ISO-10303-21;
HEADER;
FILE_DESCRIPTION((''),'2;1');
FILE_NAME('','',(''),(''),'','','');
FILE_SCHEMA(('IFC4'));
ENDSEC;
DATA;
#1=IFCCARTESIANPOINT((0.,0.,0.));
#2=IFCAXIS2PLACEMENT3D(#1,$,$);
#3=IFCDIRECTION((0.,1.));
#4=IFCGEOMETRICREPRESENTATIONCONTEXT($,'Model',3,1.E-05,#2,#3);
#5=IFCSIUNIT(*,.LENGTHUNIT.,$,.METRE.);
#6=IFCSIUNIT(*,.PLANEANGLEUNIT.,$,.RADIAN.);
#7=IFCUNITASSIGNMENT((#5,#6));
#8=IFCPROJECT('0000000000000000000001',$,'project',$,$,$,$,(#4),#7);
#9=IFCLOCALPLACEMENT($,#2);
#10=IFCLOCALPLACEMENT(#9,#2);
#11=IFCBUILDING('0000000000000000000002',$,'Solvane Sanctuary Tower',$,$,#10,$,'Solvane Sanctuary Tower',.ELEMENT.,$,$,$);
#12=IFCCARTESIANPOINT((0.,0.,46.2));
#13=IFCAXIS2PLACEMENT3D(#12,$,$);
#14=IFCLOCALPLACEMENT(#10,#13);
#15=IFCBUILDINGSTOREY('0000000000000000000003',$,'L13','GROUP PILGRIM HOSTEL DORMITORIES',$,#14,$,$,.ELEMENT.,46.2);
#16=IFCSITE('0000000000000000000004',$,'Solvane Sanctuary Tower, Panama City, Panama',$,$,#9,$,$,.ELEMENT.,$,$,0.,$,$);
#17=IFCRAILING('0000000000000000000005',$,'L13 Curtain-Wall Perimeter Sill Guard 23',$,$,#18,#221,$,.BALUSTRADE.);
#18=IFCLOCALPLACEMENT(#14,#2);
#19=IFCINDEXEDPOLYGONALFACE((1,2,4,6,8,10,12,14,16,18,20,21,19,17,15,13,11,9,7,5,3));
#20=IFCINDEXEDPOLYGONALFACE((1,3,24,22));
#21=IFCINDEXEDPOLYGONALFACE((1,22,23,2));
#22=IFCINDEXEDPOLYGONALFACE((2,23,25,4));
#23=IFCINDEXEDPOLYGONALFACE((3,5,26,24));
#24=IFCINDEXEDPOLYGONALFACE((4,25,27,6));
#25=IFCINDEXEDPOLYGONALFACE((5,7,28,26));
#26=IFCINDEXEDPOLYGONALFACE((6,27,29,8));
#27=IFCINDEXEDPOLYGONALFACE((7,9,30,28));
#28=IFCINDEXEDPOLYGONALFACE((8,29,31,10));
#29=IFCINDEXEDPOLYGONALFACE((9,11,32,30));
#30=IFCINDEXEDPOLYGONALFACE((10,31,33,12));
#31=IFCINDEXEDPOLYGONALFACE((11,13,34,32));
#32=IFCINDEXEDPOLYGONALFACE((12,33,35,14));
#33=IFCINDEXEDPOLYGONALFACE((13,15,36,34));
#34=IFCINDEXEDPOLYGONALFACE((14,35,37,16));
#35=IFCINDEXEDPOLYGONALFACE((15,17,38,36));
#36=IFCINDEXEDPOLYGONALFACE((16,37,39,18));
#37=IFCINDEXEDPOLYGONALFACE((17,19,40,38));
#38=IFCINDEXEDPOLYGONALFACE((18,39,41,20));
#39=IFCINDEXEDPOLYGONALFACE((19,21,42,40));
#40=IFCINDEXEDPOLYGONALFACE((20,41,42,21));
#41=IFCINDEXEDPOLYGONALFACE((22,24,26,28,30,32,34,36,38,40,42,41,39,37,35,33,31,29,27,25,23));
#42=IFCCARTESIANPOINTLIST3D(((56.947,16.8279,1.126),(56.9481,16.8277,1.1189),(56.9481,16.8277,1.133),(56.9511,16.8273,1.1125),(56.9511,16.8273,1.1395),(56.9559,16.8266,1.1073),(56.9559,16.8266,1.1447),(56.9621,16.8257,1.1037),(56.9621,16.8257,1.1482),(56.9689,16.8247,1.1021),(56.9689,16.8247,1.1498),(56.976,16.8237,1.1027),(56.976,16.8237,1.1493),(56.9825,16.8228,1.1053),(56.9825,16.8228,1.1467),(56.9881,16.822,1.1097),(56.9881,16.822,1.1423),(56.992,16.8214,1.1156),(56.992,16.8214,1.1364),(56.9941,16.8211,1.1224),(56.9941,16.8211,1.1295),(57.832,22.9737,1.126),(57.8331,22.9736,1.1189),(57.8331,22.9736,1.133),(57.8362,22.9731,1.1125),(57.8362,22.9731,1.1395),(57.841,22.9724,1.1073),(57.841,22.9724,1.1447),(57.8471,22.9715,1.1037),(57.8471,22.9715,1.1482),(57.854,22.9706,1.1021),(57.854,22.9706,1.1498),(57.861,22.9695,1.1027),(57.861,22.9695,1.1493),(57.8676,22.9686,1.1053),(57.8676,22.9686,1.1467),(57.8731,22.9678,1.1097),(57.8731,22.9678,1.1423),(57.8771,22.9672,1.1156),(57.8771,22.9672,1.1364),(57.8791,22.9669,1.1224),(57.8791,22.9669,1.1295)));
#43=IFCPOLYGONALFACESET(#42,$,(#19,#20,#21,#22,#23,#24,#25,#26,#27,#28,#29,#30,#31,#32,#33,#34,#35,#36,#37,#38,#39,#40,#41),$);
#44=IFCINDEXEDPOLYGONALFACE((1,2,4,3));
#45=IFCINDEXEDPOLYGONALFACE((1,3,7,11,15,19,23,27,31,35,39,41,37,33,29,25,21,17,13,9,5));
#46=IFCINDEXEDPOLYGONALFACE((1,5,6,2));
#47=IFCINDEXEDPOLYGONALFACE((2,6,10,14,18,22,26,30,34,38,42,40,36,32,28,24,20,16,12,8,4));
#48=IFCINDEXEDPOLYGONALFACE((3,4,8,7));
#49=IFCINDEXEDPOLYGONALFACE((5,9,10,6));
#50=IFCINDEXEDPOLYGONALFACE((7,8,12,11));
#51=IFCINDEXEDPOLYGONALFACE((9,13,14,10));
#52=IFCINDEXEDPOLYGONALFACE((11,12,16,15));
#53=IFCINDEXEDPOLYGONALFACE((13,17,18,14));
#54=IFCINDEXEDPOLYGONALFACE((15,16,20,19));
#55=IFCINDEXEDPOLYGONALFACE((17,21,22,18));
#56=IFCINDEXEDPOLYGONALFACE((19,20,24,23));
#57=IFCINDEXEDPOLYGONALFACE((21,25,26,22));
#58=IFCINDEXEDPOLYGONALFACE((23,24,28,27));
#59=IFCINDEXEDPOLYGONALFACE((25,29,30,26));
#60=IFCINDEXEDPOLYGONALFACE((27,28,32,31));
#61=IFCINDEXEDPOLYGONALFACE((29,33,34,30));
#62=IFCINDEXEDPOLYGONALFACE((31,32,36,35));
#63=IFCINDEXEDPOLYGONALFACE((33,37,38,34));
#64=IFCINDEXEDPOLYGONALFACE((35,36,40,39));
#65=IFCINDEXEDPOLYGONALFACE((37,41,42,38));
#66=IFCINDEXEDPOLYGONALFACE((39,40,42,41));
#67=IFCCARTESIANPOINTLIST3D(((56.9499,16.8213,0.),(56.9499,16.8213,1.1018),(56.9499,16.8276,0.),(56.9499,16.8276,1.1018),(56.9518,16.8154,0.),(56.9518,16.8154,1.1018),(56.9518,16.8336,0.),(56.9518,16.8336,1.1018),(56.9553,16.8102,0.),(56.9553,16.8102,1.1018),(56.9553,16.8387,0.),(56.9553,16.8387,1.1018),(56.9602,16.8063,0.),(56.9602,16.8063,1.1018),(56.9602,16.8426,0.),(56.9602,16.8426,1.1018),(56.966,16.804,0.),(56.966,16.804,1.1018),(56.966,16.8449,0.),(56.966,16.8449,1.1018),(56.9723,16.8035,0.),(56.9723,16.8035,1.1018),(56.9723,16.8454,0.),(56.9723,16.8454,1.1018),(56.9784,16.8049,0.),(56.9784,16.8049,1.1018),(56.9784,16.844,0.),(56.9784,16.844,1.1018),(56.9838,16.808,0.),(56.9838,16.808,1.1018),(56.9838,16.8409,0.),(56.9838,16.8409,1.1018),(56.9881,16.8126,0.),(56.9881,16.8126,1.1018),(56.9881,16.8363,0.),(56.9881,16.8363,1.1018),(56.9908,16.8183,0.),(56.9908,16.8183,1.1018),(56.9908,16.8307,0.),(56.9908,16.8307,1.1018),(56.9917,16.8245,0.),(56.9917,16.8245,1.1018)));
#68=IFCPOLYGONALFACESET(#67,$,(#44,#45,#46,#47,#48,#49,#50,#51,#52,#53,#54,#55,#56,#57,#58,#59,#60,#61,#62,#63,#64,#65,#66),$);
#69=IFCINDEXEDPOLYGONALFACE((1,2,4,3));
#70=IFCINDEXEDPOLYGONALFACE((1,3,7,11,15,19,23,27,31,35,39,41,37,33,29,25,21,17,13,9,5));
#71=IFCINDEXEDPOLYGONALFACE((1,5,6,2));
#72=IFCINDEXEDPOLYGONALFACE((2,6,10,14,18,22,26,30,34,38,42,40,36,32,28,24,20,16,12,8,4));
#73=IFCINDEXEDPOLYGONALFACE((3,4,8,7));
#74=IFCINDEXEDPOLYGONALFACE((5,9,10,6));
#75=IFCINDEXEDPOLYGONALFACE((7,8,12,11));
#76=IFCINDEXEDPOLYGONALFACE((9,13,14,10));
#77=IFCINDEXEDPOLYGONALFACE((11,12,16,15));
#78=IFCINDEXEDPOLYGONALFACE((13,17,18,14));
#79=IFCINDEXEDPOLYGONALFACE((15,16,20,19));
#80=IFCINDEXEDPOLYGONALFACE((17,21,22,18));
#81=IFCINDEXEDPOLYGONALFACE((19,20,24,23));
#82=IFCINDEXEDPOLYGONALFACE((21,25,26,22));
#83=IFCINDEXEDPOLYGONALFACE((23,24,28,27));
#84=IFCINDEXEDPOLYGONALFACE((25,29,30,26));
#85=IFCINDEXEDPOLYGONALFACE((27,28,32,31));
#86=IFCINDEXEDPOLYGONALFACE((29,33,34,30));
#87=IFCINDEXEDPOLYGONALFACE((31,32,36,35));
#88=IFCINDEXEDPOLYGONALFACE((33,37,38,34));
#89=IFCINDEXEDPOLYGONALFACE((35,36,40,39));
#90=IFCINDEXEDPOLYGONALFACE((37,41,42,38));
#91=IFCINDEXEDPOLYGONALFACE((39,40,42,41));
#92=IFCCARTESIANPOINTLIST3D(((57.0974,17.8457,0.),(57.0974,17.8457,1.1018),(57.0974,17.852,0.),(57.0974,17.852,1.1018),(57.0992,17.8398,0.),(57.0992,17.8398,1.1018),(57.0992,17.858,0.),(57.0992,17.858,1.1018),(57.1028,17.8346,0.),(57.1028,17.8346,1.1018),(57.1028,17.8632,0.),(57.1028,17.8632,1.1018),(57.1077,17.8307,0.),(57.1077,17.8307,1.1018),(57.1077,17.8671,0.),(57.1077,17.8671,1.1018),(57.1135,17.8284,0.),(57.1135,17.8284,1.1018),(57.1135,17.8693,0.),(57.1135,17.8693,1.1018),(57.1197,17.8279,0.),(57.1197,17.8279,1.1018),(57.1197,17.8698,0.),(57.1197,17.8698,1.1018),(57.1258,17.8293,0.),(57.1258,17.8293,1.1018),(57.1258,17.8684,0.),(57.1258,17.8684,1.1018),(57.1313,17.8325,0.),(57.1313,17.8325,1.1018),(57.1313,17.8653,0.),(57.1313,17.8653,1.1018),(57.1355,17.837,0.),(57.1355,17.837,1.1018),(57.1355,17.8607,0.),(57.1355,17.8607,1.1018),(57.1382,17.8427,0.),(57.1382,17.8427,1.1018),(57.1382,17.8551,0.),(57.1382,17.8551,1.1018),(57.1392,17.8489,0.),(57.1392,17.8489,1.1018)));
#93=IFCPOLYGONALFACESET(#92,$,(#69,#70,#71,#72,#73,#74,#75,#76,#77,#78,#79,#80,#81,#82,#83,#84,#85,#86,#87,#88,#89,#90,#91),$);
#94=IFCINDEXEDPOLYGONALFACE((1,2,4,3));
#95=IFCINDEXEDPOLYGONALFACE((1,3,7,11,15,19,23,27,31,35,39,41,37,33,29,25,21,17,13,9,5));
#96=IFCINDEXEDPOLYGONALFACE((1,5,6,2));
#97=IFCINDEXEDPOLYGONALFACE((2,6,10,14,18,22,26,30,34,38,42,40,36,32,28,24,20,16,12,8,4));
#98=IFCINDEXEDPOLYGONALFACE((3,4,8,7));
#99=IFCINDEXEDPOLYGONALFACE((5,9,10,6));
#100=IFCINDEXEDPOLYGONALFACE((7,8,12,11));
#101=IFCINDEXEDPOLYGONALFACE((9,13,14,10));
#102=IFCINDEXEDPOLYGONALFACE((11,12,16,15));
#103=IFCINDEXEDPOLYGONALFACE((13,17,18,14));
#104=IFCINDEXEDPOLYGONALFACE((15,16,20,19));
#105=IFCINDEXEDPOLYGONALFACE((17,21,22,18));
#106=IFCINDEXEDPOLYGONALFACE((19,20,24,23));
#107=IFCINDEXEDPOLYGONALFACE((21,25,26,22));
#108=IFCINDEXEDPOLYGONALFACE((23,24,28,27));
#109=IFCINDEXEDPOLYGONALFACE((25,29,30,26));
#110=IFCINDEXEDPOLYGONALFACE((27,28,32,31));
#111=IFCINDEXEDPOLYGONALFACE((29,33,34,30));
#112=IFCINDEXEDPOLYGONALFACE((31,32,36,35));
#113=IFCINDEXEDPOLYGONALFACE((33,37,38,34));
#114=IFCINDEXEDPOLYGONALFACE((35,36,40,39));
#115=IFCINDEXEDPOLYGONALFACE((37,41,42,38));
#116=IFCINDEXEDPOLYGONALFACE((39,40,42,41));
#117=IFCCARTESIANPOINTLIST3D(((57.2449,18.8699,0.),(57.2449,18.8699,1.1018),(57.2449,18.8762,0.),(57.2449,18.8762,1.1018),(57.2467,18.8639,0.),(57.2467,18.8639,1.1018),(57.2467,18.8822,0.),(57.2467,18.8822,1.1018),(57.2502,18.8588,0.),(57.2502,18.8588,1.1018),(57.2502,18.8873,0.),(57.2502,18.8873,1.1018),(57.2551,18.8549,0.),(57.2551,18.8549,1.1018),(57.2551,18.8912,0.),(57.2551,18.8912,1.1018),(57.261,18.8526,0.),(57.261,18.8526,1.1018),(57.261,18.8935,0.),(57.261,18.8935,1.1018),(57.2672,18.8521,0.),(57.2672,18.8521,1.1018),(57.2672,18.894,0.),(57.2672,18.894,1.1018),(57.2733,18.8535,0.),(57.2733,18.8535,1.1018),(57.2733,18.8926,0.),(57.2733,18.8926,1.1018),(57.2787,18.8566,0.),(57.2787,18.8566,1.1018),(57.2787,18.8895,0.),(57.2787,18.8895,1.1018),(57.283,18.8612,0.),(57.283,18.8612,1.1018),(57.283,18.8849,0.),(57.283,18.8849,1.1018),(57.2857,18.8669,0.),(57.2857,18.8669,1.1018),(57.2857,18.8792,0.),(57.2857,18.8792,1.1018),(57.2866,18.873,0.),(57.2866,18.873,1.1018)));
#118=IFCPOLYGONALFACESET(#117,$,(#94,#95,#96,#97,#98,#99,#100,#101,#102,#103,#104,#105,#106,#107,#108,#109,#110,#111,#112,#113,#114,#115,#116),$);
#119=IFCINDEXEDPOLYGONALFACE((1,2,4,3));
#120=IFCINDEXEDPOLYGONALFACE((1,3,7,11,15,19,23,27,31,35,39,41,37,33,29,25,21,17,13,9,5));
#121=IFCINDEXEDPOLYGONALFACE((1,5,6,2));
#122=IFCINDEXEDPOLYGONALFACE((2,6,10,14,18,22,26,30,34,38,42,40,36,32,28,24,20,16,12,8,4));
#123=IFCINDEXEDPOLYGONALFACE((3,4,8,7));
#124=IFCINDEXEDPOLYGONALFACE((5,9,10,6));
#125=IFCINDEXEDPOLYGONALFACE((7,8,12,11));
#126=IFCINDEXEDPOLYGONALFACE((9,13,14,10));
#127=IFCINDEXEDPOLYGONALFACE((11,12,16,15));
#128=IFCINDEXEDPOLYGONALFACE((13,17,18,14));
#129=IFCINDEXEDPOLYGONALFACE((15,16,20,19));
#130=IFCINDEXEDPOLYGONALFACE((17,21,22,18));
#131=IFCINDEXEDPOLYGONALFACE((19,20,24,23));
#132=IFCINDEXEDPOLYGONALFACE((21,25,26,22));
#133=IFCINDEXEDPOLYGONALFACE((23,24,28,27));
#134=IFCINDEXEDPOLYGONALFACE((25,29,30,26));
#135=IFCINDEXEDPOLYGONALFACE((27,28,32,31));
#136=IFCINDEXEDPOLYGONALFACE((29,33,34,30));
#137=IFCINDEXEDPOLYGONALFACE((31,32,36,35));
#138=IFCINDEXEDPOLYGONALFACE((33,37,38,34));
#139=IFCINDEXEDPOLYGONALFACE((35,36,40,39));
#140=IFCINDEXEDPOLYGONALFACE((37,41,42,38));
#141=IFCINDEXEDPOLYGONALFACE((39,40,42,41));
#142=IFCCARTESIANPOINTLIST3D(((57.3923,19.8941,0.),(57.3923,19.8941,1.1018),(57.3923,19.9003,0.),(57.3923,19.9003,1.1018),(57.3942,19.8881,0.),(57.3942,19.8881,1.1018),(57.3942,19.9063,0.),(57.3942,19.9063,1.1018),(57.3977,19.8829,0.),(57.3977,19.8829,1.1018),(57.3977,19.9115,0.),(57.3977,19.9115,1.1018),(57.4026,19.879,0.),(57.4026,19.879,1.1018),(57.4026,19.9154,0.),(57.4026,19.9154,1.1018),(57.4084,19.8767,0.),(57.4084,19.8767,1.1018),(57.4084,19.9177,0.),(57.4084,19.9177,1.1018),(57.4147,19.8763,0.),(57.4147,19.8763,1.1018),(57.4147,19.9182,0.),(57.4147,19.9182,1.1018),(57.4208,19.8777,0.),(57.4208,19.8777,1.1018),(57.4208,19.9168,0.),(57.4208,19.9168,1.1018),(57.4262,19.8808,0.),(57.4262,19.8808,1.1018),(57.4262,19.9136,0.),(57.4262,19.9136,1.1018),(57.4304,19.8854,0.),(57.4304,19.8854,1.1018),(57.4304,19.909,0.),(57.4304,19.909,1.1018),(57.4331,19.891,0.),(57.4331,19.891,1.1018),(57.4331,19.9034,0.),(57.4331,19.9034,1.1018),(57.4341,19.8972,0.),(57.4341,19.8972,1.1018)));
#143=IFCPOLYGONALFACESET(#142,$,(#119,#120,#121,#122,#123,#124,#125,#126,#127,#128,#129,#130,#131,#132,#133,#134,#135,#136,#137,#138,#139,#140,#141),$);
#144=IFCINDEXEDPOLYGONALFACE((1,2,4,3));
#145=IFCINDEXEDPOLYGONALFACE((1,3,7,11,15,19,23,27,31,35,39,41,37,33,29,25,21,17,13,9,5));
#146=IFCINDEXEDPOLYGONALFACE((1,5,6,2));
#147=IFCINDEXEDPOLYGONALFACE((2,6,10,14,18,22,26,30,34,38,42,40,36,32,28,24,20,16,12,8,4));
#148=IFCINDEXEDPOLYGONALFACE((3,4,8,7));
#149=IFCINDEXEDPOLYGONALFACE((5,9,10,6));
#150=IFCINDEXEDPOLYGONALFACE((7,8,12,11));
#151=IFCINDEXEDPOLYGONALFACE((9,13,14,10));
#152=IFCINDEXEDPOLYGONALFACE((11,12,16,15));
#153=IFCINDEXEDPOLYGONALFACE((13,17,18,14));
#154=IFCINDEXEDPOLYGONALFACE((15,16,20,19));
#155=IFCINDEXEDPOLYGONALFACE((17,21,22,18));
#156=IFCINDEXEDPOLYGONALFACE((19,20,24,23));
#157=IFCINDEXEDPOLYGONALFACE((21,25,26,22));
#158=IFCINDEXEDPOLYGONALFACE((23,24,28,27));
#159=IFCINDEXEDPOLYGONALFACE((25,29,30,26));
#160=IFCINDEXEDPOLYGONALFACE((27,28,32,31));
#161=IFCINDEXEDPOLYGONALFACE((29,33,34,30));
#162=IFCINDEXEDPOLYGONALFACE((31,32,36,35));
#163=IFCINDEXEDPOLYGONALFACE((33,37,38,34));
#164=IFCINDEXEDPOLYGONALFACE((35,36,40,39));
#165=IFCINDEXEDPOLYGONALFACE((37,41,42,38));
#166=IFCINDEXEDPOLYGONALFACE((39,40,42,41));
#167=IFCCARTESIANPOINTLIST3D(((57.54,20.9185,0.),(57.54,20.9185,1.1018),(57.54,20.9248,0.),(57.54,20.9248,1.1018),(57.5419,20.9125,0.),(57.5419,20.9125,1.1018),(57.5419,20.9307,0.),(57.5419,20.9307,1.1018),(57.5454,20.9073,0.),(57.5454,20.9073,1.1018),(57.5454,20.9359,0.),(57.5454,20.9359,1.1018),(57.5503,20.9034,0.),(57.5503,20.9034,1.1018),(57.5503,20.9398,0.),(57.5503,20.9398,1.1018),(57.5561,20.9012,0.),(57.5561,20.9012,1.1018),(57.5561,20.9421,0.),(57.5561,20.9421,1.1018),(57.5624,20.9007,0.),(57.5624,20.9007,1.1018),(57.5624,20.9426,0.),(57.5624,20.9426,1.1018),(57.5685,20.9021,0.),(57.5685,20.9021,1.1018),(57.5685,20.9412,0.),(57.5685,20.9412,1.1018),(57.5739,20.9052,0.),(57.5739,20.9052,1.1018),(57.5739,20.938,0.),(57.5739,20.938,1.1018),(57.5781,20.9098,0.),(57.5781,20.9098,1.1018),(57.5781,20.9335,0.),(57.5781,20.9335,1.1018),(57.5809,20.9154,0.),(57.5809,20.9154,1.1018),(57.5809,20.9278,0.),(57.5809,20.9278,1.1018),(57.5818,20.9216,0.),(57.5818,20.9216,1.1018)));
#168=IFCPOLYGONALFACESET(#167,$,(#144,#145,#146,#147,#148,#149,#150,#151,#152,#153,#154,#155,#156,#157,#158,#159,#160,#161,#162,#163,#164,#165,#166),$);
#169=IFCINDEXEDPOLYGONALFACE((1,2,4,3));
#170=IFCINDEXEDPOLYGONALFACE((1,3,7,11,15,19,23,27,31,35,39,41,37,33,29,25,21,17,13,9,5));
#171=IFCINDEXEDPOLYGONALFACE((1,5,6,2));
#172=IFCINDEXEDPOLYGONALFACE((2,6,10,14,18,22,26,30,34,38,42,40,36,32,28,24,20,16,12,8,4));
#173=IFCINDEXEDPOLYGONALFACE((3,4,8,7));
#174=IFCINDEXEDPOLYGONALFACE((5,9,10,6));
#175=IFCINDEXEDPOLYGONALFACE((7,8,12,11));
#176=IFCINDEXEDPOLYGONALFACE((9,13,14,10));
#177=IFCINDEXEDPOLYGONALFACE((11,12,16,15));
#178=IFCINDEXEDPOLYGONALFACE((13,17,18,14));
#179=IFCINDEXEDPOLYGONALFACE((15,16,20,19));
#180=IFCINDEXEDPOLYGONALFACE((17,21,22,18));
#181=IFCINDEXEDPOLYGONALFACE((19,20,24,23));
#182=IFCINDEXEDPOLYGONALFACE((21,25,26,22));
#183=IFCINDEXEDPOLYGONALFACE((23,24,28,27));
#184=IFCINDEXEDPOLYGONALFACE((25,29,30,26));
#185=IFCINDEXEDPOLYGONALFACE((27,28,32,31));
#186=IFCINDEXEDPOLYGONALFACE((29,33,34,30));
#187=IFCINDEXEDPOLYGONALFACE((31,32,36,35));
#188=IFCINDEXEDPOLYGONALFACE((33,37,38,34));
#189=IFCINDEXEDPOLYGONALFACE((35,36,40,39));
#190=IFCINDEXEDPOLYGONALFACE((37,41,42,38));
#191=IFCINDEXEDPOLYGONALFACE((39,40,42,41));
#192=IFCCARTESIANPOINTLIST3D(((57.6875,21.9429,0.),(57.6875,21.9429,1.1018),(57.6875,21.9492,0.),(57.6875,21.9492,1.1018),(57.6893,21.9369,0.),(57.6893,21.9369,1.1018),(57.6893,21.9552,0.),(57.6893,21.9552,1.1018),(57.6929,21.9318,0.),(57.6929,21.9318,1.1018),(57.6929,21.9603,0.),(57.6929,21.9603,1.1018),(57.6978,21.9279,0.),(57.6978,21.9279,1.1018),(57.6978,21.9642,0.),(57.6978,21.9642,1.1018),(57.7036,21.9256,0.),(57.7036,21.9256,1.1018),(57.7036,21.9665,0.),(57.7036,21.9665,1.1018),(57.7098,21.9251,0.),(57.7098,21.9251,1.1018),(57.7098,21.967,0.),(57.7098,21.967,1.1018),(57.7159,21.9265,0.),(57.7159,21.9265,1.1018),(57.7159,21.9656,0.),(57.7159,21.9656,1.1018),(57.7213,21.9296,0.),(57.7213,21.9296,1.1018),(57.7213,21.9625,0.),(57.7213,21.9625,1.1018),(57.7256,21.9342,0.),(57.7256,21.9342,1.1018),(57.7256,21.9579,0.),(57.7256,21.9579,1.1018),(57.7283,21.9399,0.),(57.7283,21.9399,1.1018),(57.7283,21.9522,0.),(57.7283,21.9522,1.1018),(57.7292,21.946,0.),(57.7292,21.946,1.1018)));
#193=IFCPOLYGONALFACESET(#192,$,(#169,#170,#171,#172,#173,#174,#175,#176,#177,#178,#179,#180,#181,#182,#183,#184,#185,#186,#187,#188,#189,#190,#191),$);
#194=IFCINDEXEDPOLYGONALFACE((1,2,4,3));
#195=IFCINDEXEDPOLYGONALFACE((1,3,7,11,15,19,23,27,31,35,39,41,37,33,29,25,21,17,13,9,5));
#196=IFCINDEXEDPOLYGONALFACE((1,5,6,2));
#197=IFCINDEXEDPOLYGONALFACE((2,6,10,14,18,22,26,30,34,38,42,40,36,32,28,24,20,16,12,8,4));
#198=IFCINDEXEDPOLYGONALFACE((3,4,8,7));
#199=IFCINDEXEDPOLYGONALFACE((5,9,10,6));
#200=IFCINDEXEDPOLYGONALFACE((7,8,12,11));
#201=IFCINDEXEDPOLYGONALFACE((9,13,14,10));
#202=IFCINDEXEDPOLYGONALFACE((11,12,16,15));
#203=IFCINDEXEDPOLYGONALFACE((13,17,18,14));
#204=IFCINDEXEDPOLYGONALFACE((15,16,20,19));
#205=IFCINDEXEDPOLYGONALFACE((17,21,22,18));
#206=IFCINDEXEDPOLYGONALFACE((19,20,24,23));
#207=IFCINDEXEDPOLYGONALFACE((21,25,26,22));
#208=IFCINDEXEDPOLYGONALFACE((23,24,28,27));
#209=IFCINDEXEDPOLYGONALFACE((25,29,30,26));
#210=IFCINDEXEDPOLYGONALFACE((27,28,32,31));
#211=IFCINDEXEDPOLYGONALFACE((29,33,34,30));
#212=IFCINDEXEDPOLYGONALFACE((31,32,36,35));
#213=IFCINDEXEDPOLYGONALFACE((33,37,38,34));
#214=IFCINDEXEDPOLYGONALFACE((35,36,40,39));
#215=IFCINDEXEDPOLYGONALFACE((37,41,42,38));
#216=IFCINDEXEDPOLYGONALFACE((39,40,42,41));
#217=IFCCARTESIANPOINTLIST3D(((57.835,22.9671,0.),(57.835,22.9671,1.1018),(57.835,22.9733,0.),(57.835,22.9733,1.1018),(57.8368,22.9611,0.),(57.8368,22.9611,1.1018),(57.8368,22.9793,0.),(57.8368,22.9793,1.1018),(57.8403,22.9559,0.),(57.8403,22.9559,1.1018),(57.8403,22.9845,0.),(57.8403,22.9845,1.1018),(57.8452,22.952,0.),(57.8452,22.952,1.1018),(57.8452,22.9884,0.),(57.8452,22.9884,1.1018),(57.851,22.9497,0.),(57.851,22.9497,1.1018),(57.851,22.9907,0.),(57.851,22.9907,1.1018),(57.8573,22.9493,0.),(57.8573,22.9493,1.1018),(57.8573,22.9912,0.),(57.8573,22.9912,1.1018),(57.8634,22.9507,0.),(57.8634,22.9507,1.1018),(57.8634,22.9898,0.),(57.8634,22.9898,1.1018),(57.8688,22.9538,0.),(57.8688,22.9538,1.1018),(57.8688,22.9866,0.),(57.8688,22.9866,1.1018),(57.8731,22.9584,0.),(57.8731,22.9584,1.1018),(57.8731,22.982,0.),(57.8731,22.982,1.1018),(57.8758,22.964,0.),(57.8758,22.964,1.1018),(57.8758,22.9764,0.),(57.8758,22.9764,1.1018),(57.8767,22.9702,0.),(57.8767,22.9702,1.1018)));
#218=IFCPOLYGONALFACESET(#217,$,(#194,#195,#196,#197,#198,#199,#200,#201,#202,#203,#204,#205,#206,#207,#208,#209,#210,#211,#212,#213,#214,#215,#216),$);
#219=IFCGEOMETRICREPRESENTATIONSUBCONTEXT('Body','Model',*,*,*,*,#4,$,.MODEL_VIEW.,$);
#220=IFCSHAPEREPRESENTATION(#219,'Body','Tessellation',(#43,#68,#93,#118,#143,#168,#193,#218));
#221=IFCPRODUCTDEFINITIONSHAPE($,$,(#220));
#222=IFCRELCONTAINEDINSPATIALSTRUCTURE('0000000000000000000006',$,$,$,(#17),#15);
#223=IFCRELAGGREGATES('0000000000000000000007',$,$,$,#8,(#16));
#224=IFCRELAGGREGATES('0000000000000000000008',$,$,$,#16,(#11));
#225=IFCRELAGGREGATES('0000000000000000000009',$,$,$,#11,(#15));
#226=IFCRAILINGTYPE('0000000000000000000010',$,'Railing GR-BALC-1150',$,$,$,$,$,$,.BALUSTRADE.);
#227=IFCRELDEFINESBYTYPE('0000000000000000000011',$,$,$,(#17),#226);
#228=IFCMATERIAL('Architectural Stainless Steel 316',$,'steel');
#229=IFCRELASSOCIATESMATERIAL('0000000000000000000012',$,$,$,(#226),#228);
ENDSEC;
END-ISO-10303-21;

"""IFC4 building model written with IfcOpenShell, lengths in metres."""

from ifc_helpers import new_model, si_unit, direction, frame, origin, origin_2d, place, context, subcontext, project, spatial, circle, extrude, material, type_object, element, save


model = new_model("IFC4")

# Units and contexts
model_context = context("Model", 3, precision=1e-05, world=origin(), true_north=direction((0.0, 1.0)))
body_context = subcontext(model_context, "Body", "Model", "MODEL_VIEW")
ifc_project = project(units=[si_unit("LENGTHUNIT", "METRE"), si_unit("PLANEANGLEUNIT", "RADIAN")], contexts=[model_context])

# Site, building, storey
site_placement = place(None, origin())
site = spatial("IfcSite", under=ifc_project, at=site_placement, Name="Solvane Sanctuary Tower, Panama City, Panama", CompositionType="ELEMENT", RefElevation=0.0)
building_placement = place(site_placement, origin())
building = spatial("IfcBuilding", under=site, at=building_placement, Name="Solvane Sanctuary Tower", LongName="Solvane Sanctuary Tower", CompositionType="ELEMENT")
storey_placement = place(building_placement, frame((0.0, 0.0, 46.2)))
storey = spatial("IfcBuildingStorey", under=building, at=storey_placement, Name="L13", Description="GROUP PILGRIM HOSTEL DORMITORIES", CompositionType="ELEMENT", Elevation=46.2)

# Shared definitions
ifc_material_1 = material(Name="Architectural Stainless Steel 316", Category="steel")

# Railing
railing_type = type_object("IfcRailingType", Name="Railing GR-BALC-1150", PredefinedType="BALUSTRADE", material=ifc_material_1)
railing_1_placement = place(storey_placement, frame((56.9707, 16.8245, 0.0)))
element("IfcRailing", 1, at=railing_1_placement, inside=storey, type_object=railing_type, Name="L13 Curtain-Wall Perimeter Sill Guard 23", PredefinedType="BALUSTRADE", context=body_context, shape_type="SweptSolid", body=[
    extrude(circle(Radius=0.0239, at=origin_2d()), frame((0.0, 0.0, 1.126), z_axis=(0.142533, 0.98979, 0.0), x_axis=(-0.98979, 0.142533, 0.0)), (0.0, 0.0, 1.0), 6.2092),
    extrude(circle(Radius=0.021, at=origin_2d()), origin(), (0.0, 0.0, 1.0), 1.1018),
    extrude(circle(Radius=0.021, at=origin_2d()), frame((0.1475, 1.0244, 0.0)), (0.0, 0.0, 1.0), 1.1018),
    extrude(circle(Radius=0.021, at=origin_2d()), frame((0.2949, 2.0486, 0.0)), (0.0, 0.0, 1.0), 1.1018),
    extrude(circle(Radius=0.021, at=origin_2d()), frame((0.4424, 3.0728, 0.0)), (0.0, 0.0, 1.0), 1.1018),
    extrude(circle(Radius=0.021, at=origin_2d()), frame((0.5901, 4.0972, 0.0)), (0.0, 0.0, 1.0), 1.1018),
    extrude(circle(Radius=0.021, at=origin_2d()), frame((0.7375, 5.1216, 0.0)), (0.0, 0.0, 1.0), 1.1018),
    extrude(circle(Radius=0.021, at=origin_2d()), frame((0.885, 6.1458, 0.0)), (0.0, 0.0, 1.0), 1.1018),
])

save(model, "model.ifc")
